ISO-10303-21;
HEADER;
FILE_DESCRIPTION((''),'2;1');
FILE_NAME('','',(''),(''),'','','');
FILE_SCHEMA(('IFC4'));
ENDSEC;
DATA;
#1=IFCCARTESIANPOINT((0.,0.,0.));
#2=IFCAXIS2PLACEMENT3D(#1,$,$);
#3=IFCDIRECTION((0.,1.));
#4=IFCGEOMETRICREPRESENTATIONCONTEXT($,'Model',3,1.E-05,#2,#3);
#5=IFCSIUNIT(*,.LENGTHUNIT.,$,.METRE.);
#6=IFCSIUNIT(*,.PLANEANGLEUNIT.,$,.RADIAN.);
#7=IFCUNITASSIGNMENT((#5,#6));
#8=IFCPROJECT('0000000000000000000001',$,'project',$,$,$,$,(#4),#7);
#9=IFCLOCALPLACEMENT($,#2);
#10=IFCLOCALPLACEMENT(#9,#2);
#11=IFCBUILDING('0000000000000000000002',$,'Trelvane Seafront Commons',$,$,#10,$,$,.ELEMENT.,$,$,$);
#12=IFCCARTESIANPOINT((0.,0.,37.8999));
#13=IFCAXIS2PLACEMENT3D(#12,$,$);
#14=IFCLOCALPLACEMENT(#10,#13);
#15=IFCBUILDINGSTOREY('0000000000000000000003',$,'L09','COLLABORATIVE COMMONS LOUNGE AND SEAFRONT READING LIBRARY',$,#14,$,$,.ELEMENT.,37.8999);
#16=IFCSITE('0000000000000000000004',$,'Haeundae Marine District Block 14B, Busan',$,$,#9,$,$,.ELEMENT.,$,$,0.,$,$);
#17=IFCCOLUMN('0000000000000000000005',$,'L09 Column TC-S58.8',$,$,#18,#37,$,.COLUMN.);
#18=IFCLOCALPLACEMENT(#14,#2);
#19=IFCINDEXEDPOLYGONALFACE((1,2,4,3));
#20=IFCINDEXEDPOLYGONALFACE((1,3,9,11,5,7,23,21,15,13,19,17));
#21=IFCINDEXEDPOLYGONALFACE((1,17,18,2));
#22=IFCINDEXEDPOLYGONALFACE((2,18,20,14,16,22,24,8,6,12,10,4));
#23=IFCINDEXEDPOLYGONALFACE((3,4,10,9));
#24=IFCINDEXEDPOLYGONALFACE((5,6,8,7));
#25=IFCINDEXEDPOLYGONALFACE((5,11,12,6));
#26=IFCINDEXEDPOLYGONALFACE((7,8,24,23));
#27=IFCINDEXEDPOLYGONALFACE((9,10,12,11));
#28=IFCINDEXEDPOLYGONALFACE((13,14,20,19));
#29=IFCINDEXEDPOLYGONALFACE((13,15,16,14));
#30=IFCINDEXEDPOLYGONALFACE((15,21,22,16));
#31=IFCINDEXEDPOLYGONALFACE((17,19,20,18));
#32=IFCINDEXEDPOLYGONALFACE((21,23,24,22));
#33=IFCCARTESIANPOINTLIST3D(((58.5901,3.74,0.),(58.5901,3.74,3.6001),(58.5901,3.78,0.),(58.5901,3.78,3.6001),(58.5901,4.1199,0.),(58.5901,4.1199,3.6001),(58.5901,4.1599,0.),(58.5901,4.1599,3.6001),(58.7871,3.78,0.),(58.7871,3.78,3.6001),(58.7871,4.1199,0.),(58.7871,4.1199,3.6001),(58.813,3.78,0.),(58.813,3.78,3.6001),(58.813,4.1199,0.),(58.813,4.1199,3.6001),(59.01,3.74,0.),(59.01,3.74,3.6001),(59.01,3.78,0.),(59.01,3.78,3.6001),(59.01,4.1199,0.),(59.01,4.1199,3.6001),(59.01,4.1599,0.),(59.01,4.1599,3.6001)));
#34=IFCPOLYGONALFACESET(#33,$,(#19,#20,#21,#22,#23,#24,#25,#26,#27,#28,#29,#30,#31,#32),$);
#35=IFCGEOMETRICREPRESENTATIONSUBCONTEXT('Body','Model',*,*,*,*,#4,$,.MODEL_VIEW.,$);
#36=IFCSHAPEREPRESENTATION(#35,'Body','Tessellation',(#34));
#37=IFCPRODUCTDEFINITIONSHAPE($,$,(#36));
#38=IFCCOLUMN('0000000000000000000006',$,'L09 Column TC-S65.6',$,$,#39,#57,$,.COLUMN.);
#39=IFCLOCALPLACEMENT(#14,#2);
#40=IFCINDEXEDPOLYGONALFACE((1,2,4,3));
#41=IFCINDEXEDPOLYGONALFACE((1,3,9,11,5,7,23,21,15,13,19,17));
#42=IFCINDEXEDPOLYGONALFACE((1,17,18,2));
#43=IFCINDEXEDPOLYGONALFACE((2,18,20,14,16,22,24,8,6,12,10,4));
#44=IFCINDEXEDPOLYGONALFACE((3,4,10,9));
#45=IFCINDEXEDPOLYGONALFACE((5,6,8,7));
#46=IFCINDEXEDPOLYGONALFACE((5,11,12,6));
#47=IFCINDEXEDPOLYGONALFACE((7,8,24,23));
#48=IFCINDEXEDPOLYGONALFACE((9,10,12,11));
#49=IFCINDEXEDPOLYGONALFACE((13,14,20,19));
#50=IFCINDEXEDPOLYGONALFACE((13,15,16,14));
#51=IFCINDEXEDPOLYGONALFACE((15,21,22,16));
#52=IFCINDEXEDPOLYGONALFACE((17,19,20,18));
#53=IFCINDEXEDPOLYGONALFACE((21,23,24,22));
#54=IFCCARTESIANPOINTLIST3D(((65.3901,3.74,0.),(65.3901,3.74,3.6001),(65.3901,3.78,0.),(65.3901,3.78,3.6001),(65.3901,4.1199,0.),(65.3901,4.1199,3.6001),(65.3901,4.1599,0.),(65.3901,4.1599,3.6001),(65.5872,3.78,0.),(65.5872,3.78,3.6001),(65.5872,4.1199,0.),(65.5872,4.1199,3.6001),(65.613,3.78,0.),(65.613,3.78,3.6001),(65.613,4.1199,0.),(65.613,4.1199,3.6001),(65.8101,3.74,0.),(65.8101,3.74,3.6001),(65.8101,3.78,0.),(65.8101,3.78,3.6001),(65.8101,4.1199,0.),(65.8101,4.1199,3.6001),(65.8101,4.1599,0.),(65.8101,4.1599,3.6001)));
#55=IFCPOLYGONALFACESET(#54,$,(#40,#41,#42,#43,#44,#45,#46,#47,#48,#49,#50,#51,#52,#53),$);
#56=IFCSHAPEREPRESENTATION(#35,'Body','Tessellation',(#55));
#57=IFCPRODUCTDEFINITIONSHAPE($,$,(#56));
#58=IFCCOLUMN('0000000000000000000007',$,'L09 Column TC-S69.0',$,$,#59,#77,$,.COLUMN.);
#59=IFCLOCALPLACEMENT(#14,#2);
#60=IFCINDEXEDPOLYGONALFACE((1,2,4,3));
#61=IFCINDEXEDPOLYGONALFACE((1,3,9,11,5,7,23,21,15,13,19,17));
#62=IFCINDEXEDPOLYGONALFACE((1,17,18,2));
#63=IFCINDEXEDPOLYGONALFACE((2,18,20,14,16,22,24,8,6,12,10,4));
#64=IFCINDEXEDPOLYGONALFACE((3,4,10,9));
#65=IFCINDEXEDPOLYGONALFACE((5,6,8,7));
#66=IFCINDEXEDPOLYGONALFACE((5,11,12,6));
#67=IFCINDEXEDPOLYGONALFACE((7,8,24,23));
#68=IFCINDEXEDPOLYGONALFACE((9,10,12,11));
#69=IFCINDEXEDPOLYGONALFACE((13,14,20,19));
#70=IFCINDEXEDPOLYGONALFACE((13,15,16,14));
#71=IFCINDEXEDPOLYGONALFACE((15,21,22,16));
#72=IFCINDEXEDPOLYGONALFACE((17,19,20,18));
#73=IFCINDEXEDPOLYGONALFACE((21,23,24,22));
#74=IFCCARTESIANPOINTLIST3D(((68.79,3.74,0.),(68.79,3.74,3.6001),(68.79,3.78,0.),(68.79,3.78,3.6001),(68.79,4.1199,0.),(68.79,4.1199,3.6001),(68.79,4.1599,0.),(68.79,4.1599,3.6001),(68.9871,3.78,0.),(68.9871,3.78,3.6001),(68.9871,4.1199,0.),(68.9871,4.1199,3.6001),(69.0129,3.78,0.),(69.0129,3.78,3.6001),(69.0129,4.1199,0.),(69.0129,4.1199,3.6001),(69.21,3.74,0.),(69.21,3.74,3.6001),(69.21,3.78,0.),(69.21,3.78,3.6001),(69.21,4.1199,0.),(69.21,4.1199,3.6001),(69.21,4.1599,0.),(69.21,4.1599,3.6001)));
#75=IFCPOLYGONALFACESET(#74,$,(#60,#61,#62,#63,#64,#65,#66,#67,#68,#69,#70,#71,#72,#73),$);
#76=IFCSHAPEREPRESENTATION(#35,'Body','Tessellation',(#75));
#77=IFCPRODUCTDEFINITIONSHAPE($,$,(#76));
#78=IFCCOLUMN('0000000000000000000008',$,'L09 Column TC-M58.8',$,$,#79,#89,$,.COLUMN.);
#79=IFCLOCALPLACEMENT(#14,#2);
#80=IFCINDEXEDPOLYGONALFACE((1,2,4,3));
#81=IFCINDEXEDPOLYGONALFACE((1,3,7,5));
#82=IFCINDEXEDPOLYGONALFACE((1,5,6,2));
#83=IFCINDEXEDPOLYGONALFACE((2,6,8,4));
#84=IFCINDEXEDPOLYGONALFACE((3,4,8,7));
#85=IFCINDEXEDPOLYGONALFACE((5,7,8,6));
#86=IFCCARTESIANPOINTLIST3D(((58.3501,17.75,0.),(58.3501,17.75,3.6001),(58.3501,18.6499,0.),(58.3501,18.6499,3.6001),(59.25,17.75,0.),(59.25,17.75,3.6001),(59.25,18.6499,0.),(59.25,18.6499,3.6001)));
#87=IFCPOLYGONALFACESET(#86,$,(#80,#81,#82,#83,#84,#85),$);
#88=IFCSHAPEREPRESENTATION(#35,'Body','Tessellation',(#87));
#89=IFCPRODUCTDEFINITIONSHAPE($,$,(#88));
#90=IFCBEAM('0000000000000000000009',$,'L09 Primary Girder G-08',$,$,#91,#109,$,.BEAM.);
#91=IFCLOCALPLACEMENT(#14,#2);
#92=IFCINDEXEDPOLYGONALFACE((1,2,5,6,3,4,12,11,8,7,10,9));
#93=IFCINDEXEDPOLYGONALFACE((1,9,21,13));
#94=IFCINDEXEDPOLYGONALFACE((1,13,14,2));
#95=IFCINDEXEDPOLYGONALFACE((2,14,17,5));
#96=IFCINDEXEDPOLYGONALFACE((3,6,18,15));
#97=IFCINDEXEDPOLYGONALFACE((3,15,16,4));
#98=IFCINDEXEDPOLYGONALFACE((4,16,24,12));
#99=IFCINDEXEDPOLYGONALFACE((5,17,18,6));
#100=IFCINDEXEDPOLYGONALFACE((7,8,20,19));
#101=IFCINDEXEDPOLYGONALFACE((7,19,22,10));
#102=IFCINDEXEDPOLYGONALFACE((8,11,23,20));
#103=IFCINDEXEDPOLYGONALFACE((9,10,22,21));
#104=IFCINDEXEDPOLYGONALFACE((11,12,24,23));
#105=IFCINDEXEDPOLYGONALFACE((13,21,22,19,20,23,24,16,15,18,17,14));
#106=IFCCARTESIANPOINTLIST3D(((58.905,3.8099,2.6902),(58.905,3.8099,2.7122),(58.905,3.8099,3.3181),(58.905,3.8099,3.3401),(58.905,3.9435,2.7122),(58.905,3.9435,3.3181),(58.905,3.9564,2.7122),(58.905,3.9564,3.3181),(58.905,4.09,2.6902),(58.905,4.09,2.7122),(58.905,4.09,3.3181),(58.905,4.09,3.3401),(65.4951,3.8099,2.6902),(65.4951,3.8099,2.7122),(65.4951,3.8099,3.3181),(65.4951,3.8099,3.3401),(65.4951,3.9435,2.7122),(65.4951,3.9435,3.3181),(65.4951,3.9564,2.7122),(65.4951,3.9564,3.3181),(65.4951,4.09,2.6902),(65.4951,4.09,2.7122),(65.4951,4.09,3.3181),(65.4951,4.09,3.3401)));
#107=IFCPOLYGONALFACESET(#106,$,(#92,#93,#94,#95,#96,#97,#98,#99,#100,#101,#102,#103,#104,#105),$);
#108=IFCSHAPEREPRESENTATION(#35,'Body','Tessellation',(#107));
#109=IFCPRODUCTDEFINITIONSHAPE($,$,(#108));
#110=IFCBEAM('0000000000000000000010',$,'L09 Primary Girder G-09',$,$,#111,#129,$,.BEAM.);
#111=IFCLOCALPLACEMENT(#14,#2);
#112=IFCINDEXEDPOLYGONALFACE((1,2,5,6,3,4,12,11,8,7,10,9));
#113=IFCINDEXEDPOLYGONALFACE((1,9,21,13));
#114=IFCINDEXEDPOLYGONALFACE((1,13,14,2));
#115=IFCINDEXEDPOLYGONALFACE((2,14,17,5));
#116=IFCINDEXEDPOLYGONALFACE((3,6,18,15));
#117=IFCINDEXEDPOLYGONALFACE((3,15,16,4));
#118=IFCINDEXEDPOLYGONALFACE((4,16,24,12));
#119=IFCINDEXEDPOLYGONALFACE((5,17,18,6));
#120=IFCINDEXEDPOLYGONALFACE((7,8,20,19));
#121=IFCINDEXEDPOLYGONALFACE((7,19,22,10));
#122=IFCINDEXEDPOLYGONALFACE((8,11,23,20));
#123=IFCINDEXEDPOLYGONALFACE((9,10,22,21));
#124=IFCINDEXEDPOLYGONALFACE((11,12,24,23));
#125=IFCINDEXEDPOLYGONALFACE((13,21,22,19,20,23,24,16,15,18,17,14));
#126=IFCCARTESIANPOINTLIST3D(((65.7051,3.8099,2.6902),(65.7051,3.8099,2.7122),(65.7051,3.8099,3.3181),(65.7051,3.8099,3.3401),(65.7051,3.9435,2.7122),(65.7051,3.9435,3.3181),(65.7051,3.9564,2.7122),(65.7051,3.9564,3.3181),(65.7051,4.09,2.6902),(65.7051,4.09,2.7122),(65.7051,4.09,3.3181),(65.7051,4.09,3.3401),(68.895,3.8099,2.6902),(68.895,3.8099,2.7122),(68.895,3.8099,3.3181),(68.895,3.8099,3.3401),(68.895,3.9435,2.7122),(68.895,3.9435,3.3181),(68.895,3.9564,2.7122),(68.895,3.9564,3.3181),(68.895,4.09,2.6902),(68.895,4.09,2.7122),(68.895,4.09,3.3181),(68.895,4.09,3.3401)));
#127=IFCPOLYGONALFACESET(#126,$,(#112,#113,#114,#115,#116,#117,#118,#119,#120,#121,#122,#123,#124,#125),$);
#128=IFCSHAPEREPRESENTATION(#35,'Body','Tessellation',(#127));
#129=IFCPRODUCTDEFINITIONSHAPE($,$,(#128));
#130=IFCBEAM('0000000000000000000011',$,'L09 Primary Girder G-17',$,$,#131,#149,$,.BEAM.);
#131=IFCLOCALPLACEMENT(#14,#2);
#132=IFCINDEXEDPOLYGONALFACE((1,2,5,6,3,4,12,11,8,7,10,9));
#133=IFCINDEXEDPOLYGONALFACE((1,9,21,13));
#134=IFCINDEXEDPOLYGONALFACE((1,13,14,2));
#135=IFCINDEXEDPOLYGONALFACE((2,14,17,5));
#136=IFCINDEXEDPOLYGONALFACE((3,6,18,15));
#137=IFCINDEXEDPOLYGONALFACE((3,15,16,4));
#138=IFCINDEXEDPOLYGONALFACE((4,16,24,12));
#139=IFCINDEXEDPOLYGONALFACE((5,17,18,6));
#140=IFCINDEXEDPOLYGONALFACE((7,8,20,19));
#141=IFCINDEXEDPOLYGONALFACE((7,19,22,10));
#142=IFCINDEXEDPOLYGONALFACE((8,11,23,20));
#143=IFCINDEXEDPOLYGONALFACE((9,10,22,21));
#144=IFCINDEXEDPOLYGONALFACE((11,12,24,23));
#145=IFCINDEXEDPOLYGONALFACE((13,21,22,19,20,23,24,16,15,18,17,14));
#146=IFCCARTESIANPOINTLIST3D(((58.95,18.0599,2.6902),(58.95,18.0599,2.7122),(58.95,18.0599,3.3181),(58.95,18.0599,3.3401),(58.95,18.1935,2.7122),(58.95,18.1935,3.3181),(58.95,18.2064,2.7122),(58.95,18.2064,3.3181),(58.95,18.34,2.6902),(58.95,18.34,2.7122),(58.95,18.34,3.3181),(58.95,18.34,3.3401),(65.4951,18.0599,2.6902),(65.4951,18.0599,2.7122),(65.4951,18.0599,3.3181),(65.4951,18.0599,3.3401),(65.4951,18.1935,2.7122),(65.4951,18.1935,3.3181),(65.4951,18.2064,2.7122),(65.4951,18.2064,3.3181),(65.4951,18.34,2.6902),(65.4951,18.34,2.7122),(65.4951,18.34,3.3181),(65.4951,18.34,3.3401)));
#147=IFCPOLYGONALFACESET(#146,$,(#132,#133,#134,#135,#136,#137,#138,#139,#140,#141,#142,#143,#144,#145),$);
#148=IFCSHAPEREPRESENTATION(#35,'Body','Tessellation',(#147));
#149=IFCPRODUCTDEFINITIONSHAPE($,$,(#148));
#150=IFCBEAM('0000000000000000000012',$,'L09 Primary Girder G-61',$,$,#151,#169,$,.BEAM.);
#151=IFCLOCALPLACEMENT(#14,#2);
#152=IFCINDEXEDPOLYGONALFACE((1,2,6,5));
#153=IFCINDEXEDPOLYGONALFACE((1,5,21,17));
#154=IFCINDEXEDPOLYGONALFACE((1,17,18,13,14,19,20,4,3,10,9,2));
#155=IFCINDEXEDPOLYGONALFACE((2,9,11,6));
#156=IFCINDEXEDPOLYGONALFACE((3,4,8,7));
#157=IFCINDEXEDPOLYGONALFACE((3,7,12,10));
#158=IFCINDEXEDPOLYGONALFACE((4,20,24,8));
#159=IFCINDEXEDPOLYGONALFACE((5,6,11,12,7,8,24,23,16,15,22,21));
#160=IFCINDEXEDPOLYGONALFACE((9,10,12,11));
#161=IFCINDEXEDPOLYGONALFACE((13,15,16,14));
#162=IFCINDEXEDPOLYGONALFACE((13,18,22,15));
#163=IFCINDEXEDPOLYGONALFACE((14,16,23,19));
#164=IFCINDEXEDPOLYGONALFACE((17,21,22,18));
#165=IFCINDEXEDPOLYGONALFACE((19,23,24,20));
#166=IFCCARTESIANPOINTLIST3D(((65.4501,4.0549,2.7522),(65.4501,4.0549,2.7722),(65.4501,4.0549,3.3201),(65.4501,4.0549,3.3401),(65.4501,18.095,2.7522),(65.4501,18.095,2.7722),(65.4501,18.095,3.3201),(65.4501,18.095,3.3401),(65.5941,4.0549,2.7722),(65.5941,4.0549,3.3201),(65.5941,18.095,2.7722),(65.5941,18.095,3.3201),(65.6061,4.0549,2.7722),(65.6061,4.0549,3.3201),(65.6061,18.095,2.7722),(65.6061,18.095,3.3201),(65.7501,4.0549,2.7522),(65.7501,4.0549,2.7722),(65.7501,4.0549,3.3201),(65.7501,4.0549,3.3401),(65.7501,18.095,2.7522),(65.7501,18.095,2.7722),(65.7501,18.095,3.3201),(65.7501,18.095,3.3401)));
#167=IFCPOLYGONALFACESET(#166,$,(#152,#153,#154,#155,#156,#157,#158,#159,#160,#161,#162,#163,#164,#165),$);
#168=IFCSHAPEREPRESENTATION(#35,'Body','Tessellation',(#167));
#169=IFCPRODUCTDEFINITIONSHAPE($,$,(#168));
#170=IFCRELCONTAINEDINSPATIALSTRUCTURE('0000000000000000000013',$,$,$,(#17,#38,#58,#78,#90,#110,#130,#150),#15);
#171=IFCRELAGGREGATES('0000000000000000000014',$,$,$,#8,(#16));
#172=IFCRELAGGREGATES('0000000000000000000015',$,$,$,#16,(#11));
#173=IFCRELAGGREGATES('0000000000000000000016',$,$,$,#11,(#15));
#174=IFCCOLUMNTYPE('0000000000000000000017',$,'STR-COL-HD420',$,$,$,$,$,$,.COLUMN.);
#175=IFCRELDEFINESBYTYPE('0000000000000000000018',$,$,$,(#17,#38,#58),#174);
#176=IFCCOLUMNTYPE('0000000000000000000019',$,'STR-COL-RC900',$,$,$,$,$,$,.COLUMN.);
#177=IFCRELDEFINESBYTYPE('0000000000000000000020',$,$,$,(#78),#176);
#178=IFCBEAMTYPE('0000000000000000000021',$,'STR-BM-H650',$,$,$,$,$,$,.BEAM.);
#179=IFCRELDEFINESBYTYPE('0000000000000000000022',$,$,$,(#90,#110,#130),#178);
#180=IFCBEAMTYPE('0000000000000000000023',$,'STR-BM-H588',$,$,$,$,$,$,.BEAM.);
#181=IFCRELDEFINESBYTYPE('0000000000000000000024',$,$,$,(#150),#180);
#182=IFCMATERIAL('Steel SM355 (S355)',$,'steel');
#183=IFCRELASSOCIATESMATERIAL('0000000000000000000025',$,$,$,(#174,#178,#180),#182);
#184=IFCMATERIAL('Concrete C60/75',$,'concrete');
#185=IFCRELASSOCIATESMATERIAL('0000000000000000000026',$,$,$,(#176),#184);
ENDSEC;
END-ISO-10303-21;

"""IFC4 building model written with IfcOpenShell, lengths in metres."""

from ifc_helpers import new_model, si_unit, direction, frame, origin, origin_2d, place, context, subcontext, project, spatial, rectangle, i_section, extrude, source, transform, mapped, material, material_profile, profile_set, type_object, element, save


model = new_model("IFC4")

# Units and contexts
model_context = context("Model", 3, precision=1e-05, world=origin(), true_north=direction((0.0, 1.0)))
body_context = subcontext(model_context, "Body", "Model", "MODEL_VIEW")
ifc_project = project(units=[si_unit("LENGTHUNIT", "METRE"), si_unit("PLANEANGLEUNIT", "RADIAN")], contexts=[model_context])

# Site, building, storey
site_placement = place(None, origin())
site = spatial("IfcSite", under=ifc_project, at=site_placement, Name="Haeundae Marine District Block 14B, Busan", CompositionType="ELEMENT", RefElevation=0.0)
building_placement = place(site_placement, origin())
building = spatial("IfcBuilding", under=site, at=building_placement, Name="Trelvane Seafront Commons", CompositionType="ELEMENT")
storey_placement = place(building_placement, frame((0.0, 0.0, 37.8999)))
storey = spatial("IfcBuildingStorey", under=building, at=storey_placement, Name="L09", Description="COLLABORATIVE COMMONS LOUNGE AND SEAFRONT READING LIBRARY", CompositionType="ELEMENT", Elevation=37.8999)

# Columns
ifc_material_1 = material(Name="Steel SM355 (S355)", Category="steel")
ifc_material_profile_1 = material_profile(ifc_material_1, i_section(OverallWidth=0.4199, OverallDepth=0.4199, WebThickness=0.0259, FlangeThickness=0.04, at=origin_2d()), Name="HD-420x420x26x40")
ifc_profile_set_1 = profile_set([ifc_material_profile_1], Name="Steel SM355 (S355)")
column_type_1 = type_object("IfcColumnType", Name="STR-COL-HD420", PredefinedType="COLUMN", material=ifc_profile_set_1)
shared_shape_1 = source(origin(), body_context, "Body", "SweptSolid", [
    extrude(i_section(OverallWidth=0.4199, OverallDepth=0.4199, WebThickness=0.0259, FlangeThickness=0.04, at=origin_2d()), origin(), (0.0, 0.0, 1.0), 3.6001),
])
for number, where, z_axis, x_axis, name in (
    (1, (58.8, 3.95, 0.0), (0.0, 0.0, 1.0), (1.0, 0.0, 0.0), "L09 Column TC-S58.8"),
    (2, (65.6001, 3.95, 0.0), (0.0, 0.0, 1.0), (1.0, 0.0, 0.0), "L09 Column TC-S65.6"),
    (3, (69.0, 3.95, 0.0), (0.0, 0.0, 1.0), (1.0, 0.0, 0.0), "L09 Column TC-S69.0"),
):
    element("IfcColumn", number, at=place(storey_placement, frame(where, z_axis=z_axis, x_axis=x_axis)), inside=storey, type_object=column_type_1, Name=name, PredefinedType="COLUMN", context=body_context, shape_type="MappedRepresentation", body=[
        mapped(shared_shape_1, transform((0.0, 0.0, 0.0), x_axis=(1.0, 0.0, 0.0), y_axis=(0.0, 1.0, 0.0), z_axis=(0.0, 0.0, 1.0), scale=1.0)),
    ])
ifc_material_2 = material(Name="Concrete C60/75", Category="concrete")
ifc_material_profile_2 = material_profile(ifc_material_2, rectangle(XDim=0.8999, YDim=0.8999, at=origin_2d()), Name="RC-900x900")
ifc_profile_set_2 = profile_set([ifc_material_profile_2], Name="Concrete C60/75")
column_type_2 = type_object("IfcColumnType", Name="STR-COL-RC900", PredefinedType="COLUMN", material=ifc_profile_set_2)
shared_shape_2 = source(origin(), body_context, "Body", "SweptSolid", [
    extrude(rectangle(XDim=0.8999, YDim=0.8999, at=origin_2d()), origin(), (0.0, 0.0, 1.0), 3.6001),
])
column_placement = place(storey_placement, frame((58.8, 18.2, 0.0), z_axis=(0.0, 0.0, 1.0), x_axis=(1.0, 0.0, 0.0)))
element("IfcColumn", 4, at=column_placement, inside=storey, type_object=column_type_2, Name="L09 Column TC-M58.8", PredefinedType="COLUMN", context=body_context, shape_type="MappedRepresentation", body=[
    mapped(shared_shape_2, transform((0.0, 0.0, 0.0), x_axis=(1.0, 0.0, 0.0), y_axis=(0.0, 1.0, 0.0), z_axis=(0.0, 0.0, 1.0), scale=1.0)),
])

# Beams
ifc_material_profile_3 = material_profile(ifc_material_1, i_section(OverallWidth=0.28, OverallDepth=0.6499, WebThickness=0.0129, FlangeThickness=0.022, at=origin_2d()), Name="H-650x280x13x22")
ifc_profile_set_3 = profile_set([ifc_material_profile_3], Name="Steel SM355 (S355)")
beam_type_1 = type_object("IfcBeamType", Name="STR-BM-H650", PredefinedType="BEAM", material=ifc_profile_set_3)
shared_shape_3 = source(origin(), body_context, "Body", "SweptSolid", [
    extrude(i_section(OverallWidth=0.28, OverallDepth=0.6499, WebThickness=0.0129, FlangeThickness=0.022, at=origin_2d()), origin(), (0.0, 0.0, 1.0), 6.5901),
])
beam_1_placement = place(storey_placement, frame((58.905, 3.95, 3.0151), z_axis=(1.0, 0.0, 0.0), x_axis=(0.0, 1.0, 0.0)))
element("IfcBeam", 5, at=beam_1_placement, inside=storey, type_object=beam_type_1, Name="L09 Primary Girder G-08", PredefinedType="BEAM", context=body_context, shape_type="MappedRepresentation", body=[
    mapped(shared_shape_3, transform((0.0, 0.0, 0.0), x_axis=(1.0, 0.0, 0.0), y_axis=(0.0, 1.0, 0.0), z_axis=(0.0, 0.0, 1.0), scale=1.0)),
])
shared_shape_4 = source(origin(), body_context, "Body", "SweptSolid", [
    extrude(i_section(OverallWidth=0.28, OverallDepth=0.6499, WebThickness=0.0129, FlangeThickness=0.022, at=origin_2d()), origin(), (0.0, 0.0, 1.0), 3.1899),
])
beam_2_placement = place(storey_placement, frame((65.7051, 3.95, 3.0151), z_axis=(1.0, 0.0, 0.0), x_axis=(0.0, 1.0, 0.0)))
element("IfcBeam", 6, at=beam_2_placement, inside=storey, type_object=beam_type_1, Name="L09 Primary Girder G-09", PredefinedType="BEAM", context=body_context, shape_type="MappedRepresentation", body=[
    mapped(shared_shape_4, transform((0.0, 0.0, 0.0), x_axis=(1.0, 0.0, 0.0), y_axis=(0.0, 1.0, 0.0), z_axis=(0.0, 0.0, 1.0), scale=1.0)),
])
shared_shape_5 = source(origin(), body_context, "Body", "SweptSolid", [
    extrude(i_section(OverallWidth=0.28, OverallDepth=0.6499, WebThickness=0.0129, FlangeThickness=0.022, at=origin_2d()), origin(), (0.0, 0.0, 1.0), 6.5452),
])
beam_3_placement = place(storey_placement, frame((58.95, 18.2, 3.0151), z_axis=(1.0, 0.0, 0.0), x_axis=(0.0, 1.0, 0.0)))
element("IfcBeam", 7, at=beam_3_placement, inside=storey, type_object=beam_type_1, Name="L09 Primary Girder G-17", PredefinedType="BEAM", context=body_context, shape_type="MappedRepresentation", body=[
    mapped(shared_shape_5, transform((0.0, 0.0, 0.0), x_axis=(1.0, 0.0, 0.0), y_axis=(0.0, 1.0, 0.0), z_axis=(0.0, 0.0, 1.0), scale=1.0)),
])
ifc_material_profile_4 = material_profile(ifc_material_1, i_section(OverallWidth=0.3, OverallDepth=0.5879, WebThickness=0.012, FlangeThickness=0.02, at=origin_2d()), Name="H-588x300x12x20")
ifc_profile_set_4 = profile_set([ifc_material_profile_4], Name="Steel SM355 (S355)")
beam_type_2 = type_object("IfcBeamType", Name="STR-BM-H588", PredefinedType="BEAM", material=ifc_profile_set_4)
shared_shape_6 = source(origin(), body_context, "Body", "SweptSolid", [
    extrude(i_section(OverallWidth=0.3, OverallDepth=0.5879, WebThickness=0.012, FlangeThickness=0.02, at=origin_2d()), origin(), (0.0, 0.0, 1.0), 14.04),
])
for number, where, z_axis, x_axis, name in (
    (8, (65.6001, 4.0549, 3.0461), (0.0, 1.0, 0.0), (-1.0, 0.0, 0.0), "L09 Primary Girder G-61"),
):
    element("IfcBeam", number, at=place(storey_placement, frame(where, z_axis=z_axis, x_axis=x_axis)), inside=storey, type_object=beam_type_2, Name=name, PredefinedType="BEAM", context=body_context, shape_type="MappedRepresentation", body=[
        mapped(shared_shape_6, transform((0.0, 0.0, 0.0), x_axis=(1.0, 0.0, 0.0), y_axis=(0.0, 1.0, 0.0), z_axis=(0.0, 0.0, 1.0), scale=1.0)),
    ])

save(model, "model.ifc")
